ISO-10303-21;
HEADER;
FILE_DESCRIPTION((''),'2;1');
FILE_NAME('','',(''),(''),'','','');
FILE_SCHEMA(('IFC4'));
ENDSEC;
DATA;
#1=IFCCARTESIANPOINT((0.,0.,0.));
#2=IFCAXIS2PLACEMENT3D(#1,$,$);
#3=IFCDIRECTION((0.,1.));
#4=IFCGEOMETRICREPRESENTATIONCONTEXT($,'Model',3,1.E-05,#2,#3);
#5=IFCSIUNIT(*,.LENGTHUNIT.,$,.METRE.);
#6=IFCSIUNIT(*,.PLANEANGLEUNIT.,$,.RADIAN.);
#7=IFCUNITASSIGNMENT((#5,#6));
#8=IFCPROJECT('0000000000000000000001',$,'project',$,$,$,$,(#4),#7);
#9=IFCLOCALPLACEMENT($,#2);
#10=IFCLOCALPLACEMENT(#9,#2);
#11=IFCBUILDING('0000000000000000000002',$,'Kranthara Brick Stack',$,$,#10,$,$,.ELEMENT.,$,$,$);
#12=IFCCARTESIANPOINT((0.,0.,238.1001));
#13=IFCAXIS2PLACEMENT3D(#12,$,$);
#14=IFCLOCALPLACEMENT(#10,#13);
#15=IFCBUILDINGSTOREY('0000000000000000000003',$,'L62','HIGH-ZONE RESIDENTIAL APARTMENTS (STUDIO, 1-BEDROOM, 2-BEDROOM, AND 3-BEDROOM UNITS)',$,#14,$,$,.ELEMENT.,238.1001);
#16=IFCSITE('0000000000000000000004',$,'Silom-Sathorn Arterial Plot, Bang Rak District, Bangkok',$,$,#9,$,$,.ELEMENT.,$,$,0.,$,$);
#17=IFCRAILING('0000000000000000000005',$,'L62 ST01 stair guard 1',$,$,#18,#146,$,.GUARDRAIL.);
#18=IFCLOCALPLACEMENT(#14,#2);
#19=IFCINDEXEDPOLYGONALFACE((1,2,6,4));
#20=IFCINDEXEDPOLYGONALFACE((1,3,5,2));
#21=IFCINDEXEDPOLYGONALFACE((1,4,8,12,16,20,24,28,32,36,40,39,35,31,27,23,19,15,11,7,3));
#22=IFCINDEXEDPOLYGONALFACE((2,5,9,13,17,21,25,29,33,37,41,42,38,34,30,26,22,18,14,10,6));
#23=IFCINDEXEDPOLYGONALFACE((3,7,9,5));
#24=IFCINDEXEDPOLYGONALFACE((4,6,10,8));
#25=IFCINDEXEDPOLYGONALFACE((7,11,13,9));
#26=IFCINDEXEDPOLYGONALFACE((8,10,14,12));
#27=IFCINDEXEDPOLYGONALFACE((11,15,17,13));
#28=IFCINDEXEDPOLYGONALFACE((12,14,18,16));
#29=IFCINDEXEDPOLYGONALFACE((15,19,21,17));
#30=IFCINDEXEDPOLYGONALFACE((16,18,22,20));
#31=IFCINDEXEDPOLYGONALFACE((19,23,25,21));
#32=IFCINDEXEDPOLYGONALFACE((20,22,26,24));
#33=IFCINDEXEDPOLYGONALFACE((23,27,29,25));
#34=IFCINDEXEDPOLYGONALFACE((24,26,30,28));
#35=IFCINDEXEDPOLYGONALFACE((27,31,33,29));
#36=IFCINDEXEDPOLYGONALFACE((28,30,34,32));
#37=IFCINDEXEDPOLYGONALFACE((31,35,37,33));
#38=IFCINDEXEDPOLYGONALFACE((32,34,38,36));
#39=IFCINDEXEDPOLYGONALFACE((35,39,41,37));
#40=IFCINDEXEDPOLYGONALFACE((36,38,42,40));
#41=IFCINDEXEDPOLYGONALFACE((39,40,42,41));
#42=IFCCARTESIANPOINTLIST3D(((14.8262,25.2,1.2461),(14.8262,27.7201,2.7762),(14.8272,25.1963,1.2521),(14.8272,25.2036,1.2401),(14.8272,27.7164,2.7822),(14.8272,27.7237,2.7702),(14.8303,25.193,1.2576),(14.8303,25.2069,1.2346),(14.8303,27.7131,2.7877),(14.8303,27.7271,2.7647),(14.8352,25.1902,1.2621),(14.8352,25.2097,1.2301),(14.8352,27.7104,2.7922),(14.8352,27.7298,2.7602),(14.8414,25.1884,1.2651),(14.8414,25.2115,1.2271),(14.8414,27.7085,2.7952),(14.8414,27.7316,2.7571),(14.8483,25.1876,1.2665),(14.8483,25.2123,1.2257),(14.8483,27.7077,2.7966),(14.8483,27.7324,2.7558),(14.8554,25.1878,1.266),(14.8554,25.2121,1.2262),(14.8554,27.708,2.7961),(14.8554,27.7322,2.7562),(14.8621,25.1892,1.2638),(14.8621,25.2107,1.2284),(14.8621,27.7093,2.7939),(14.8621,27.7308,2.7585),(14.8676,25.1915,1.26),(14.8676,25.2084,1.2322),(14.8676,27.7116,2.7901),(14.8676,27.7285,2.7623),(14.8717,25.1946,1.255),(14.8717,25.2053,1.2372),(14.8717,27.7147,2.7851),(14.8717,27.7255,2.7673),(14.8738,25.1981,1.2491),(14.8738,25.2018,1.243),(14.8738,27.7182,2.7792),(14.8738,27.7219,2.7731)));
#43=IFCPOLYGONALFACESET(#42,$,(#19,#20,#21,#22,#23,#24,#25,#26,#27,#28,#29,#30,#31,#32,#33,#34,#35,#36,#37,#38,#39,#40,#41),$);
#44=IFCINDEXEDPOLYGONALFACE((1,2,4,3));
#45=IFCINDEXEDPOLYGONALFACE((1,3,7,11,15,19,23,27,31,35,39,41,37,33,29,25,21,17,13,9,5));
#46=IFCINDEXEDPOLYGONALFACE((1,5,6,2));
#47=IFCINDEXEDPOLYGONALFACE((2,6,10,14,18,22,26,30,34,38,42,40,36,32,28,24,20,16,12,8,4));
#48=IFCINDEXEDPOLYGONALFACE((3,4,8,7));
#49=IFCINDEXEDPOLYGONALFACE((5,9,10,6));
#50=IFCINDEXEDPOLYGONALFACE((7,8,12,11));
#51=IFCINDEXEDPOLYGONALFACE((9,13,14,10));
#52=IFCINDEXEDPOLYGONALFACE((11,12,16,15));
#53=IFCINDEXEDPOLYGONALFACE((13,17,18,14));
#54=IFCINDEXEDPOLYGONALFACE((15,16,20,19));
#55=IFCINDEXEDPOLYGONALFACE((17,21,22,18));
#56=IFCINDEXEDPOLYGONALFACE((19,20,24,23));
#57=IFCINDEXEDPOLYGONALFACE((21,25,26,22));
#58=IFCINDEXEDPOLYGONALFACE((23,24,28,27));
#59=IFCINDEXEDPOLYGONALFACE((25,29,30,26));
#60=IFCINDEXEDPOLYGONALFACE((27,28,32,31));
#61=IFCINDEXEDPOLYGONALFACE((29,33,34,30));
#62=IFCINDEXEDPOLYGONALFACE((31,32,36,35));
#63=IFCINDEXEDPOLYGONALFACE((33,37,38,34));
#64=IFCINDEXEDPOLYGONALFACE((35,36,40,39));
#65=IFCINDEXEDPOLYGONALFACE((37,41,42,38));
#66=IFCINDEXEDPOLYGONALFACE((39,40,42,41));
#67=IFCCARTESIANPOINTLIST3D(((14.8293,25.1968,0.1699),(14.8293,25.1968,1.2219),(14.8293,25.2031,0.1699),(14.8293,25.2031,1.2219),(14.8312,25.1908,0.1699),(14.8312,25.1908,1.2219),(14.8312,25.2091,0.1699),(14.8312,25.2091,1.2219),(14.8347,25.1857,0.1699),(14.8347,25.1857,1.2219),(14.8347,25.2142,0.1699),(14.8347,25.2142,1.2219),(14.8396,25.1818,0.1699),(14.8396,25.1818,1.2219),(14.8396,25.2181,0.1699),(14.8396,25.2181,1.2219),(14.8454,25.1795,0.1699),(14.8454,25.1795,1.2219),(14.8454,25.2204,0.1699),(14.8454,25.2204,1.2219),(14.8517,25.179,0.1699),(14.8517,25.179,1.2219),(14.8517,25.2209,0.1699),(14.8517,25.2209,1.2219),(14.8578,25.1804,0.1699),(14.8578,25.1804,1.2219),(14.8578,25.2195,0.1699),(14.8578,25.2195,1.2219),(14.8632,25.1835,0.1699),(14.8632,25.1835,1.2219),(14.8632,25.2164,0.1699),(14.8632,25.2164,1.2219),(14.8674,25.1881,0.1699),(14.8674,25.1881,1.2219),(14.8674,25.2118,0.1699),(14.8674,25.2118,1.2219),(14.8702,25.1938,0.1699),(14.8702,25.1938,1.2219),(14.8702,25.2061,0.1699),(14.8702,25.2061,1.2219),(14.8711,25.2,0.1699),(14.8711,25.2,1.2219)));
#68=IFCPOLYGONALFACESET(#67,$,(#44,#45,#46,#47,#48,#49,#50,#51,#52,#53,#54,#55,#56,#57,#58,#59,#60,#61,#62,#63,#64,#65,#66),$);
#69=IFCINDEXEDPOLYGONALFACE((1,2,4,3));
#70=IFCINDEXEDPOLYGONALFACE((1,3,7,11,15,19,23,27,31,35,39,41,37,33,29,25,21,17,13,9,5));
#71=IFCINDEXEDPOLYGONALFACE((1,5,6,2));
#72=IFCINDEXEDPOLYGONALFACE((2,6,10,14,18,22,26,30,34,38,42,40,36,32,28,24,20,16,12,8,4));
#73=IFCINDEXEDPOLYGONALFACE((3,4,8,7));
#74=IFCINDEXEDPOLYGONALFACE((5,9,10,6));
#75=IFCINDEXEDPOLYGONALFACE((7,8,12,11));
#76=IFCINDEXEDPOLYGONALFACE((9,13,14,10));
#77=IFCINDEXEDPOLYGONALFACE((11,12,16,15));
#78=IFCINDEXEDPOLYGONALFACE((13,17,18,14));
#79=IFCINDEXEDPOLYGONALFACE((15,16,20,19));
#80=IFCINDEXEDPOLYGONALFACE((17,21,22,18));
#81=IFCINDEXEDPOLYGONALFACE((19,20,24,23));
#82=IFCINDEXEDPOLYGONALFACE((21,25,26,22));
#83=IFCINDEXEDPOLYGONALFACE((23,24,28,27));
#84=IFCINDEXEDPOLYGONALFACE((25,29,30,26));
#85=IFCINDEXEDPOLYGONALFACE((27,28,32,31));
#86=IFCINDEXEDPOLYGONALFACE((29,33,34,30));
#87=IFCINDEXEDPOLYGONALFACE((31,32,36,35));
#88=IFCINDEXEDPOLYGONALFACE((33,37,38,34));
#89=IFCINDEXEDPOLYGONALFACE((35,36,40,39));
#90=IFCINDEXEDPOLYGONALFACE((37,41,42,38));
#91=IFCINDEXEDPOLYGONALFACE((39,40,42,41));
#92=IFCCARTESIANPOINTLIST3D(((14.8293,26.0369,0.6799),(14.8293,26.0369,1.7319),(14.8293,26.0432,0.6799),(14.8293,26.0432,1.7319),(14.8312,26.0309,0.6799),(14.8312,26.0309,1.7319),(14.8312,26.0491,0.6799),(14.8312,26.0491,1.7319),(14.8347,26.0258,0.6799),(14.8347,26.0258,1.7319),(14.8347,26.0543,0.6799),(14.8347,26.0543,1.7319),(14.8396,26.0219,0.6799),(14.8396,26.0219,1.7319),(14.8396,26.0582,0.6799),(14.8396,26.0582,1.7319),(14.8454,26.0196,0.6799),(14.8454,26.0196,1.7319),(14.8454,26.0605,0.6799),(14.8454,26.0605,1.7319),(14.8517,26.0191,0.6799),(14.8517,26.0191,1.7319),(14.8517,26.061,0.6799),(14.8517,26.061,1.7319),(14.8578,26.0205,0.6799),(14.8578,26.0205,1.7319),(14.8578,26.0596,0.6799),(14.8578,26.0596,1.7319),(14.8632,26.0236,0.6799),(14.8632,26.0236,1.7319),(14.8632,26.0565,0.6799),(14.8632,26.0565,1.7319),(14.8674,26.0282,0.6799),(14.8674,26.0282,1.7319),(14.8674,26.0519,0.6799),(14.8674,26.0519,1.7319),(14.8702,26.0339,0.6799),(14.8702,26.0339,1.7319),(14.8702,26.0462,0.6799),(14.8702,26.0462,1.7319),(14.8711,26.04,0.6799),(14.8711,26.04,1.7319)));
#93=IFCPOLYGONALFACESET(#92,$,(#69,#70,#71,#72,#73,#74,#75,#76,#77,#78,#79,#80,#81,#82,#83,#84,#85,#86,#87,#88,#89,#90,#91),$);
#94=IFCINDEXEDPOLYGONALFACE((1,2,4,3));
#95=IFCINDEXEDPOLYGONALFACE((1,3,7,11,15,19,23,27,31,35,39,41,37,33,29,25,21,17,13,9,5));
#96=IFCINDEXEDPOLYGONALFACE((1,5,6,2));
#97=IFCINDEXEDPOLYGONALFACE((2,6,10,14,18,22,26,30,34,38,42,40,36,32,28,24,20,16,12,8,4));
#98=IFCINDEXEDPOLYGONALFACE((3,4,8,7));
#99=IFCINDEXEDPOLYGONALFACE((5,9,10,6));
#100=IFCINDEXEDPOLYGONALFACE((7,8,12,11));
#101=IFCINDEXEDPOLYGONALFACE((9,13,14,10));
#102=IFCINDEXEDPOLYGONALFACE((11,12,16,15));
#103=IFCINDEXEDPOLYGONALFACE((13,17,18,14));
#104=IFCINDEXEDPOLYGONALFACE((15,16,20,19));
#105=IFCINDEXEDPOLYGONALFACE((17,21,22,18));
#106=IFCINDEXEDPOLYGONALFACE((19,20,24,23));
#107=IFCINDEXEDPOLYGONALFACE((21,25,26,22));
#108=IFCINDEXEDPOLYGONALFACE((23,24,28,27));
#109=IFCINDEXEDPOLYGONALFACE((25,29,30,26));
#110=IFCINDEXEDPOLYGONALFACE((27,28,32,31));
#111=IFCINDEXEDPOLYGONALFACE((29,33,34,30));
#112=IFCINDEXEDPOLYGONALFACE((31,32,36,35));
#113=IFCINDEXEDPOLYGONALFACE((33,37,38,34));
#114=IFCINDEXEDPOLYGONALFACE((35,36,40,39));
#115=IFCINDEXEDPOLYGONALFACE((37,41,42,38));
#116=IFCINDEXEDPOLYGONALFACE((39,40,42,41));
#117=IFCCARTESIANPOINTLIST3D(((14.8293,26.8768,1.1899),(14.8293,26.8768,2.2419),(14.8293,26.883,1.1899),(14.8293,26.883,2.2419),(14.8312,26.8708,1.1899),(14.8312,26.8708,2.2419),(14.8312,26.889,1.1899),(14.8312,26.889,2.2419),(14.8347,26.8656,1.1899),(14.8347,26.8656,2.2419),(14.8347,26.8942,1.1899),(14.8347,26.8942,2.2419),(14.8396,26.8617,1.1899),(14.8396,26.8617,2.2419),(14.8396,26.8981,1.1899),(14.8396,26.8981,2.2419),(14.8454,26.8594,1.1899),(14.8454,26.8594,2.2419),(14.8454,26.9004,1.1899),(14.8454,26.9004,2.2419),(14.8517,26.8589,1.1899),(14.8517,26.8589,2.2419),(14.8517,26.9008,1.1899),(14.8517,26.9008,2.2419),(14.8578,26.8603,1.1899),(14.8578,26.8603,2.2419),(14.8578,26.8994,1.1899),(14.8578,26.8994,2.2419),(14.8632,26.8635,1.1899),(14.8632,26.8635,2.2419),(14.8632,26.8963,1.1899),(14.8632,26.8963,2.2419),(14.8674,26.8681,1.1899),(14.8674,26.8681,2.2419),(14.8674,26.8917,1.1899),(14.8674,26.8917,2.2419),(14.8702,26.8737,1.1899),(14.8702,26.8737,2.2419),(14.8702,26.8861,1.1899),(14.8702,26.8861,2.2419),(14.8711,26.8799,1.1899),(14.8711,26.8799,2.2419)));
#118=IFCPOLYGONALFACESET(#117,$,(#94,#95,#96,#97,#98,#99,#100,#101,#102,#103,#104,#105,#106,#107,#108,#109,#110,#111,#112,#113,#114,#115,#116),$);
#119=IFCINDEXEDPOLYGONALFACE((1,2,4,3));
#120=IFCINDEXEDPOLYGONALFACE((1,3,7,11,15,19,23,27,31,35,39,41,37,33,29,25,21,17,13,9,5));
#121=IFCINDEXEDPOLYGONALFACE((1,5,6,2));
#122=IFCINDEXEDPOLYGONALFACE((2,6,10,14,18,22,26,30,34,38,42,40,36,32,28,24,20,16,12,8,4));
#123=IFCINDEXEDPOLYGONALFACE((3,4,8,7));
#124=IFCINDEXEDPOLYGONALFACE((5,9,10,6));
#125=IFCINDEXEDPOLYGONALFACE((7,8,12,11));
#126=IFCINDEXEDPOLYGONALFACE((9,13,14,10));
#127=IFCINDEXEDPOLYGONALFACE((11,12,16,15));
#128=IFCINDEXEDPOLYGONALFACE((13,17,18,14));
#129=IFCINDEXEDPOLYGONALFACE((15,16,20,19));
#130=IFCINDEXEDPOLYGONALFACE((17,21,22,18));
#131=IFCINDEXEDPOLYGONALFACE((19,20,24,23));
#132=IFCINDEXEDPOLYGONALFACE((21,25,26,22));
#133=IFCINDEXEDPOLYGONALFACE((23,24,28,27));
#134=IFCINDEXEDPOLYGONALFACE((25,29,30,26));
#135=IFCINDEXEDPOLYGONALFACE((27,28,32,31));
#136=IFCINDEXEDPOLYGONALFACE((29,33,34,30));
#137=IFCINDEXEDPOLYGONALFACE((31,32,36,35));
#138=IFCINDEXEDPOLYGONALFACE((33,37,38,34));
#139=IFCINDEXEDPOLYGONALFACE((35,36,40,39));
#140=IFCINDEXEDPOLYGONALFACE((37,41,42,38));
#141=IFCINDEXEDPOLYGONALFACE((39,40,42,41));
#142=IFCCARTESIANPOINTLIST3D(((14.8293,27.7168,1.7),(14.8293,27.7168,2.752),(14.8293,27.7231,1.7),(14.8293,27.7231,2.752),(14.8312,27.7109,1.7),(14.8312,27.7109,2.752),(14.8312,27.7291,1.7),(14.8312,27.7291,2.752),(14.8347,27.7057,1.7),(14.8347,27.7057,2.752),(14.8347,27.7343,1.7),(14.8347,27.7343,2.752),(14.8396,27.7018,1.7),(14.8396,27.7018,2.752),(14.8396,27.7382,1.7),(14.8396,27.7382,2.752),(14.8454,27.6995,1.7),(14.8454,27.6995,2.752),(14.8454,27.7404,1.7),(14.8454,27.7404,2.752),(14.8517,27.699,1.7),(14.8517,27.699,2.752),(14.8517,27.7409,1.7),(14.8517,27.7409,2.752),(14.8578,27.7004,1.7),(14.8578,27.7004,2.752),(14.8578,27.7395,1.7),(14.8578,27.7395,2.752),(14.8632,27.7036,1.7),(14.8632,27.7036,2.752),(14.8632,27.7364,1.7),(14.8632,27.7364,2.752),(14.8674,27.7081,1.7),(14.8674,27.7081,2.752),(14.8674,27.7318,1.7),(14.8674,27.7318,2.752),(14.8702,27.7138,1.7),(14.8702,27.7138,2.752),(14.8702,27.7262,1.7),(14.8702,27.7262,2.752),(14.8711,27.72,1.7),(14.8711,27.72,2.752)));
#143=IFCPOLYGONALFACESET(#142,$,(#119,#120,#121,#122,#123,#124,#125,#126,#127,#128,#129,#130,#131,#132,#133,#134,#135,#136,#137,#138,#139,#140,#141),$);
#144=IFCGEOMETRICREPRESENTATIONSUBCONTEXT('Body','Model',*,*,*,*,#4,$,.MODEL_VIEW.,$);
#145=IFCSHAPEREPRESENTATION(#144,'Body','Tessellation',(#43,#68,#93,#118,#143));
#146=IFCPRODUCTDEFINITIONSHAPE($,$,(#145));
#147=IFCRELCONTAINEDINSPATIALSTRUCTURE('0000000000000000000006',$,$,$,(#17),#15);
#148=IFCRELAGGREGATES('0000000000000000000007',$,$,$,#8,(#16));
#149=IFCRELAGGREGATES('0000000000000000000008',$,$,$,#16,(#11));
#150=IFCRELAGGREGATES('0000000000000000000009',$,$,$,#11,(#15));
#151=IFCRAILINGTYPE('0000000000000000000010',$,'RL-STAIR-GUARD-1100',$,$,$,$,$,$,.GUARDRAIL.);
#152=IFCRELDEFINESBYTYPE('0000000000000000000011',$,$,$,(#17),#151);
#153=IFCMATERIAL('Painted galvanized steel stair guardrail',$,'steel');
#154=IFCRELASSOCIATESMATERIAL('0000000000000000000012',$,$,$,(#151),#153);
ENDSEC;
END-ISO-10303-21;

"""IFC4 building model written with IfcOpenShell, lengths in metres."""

from ifc_helpers import new_model, si_unit, direction, frame, origin, origin_2d, place, context, subcontext, project, spatial, circle, extrude, material, type_object, element, save


model = new_model("IFC4")

# Units and contexts
model_context = context("Model", 3, precision=1e-05, world=origin(), true_north=direction((0.0, 1.0)))
body_context = subcontext(model_context, "Body", "Model", "MODEL_VIEW")
ifc_project = project(units=[si_unit("LENGTHUNIT", "METRE"), si_unit("PLANEANGLEUNIT", "RADIAN")], contexts=[model_context])

# Site, building, storey
site_placement = place(None, origin())
site = spatial("IfcSite", under=ifc_project, at=site_placement, Name="Silom-Sathorn Arterial Plot, Bang Rak District, Bangkok", CompositionType="ELEMENT", RefElevation=0.0)
building_placement = place(site_placement, origin())
building = spatial("IfcBuilding", under=site, at=building_placement, Name="Kranthara Brick Stack", CompositionType="ELEMENT")
storey_placement = place(building_placement, frame((0.0, 0.0, 238.1001)))
storey = spatial("IfcBuildingStorey", under=building, at=storey_placement, Name="L62", Description="HIGH-ZONE RESIDENTIAL APARTMENTS (STUDIO, 1-BEDROOM, 2-BEDROOM, AND 3-BEDROOM UNITS)", CompositionType="ELEMENT", Elevation=238.1001)

# Railing
ifc_material_1 = material(Name="Painted galvanized steel stair guardrail", Category="steel")
railing_type_1 = type_object("IfcRailingType", Name="RL-STAIR-GUARD-1100", PredefinedType="GUARDRAIL", material=ifc_material_1)
railing_1_placement = place(storey_placement, frame((14.8501, 25.2, 0.1699)))
element("IfcRailing", 1, at=railing_1_placement, inside=storey, type_object=railing_type_1, Name="L62 ST01 stair guard 1", PredefinedType="GUARDRAIL", context=body_context, shape_type="SweptSolid", body=[
    extrude(circle(Radius=0.0239, at=origin_2d()), frame((0.0, 0.0, 1.0762), z_axis=(0.0, 0.854785, 0.518982), x_axis=(-1.0, 0.0, 0.0)), (0.0, 0.0, 1.0), 2.9482),
    extrude(circle(Radius=0.021, at=origin_2d()), origin(), (0.0, 0.0, 1.0), 1.052),
    extrude(circle(Radius=0.021, at=origin_2d()), frame((0.0, 0.8401, 0.51)), (0.0, 0.0, 1.0), 1.052),
    extrude(circle(Radius=0.021, at=origin_2d()), frame((0.0, 1.6799, 1.02)), (0.0, 0.0, 1.0), 1.052),
    extrude(circle(Radius=0.021, at=origin_2d()), frame((0.0, 2.52, 1.53)), (0.0, 0.0, 1.0), 1.052),
])

save(model, "model.ifc")
